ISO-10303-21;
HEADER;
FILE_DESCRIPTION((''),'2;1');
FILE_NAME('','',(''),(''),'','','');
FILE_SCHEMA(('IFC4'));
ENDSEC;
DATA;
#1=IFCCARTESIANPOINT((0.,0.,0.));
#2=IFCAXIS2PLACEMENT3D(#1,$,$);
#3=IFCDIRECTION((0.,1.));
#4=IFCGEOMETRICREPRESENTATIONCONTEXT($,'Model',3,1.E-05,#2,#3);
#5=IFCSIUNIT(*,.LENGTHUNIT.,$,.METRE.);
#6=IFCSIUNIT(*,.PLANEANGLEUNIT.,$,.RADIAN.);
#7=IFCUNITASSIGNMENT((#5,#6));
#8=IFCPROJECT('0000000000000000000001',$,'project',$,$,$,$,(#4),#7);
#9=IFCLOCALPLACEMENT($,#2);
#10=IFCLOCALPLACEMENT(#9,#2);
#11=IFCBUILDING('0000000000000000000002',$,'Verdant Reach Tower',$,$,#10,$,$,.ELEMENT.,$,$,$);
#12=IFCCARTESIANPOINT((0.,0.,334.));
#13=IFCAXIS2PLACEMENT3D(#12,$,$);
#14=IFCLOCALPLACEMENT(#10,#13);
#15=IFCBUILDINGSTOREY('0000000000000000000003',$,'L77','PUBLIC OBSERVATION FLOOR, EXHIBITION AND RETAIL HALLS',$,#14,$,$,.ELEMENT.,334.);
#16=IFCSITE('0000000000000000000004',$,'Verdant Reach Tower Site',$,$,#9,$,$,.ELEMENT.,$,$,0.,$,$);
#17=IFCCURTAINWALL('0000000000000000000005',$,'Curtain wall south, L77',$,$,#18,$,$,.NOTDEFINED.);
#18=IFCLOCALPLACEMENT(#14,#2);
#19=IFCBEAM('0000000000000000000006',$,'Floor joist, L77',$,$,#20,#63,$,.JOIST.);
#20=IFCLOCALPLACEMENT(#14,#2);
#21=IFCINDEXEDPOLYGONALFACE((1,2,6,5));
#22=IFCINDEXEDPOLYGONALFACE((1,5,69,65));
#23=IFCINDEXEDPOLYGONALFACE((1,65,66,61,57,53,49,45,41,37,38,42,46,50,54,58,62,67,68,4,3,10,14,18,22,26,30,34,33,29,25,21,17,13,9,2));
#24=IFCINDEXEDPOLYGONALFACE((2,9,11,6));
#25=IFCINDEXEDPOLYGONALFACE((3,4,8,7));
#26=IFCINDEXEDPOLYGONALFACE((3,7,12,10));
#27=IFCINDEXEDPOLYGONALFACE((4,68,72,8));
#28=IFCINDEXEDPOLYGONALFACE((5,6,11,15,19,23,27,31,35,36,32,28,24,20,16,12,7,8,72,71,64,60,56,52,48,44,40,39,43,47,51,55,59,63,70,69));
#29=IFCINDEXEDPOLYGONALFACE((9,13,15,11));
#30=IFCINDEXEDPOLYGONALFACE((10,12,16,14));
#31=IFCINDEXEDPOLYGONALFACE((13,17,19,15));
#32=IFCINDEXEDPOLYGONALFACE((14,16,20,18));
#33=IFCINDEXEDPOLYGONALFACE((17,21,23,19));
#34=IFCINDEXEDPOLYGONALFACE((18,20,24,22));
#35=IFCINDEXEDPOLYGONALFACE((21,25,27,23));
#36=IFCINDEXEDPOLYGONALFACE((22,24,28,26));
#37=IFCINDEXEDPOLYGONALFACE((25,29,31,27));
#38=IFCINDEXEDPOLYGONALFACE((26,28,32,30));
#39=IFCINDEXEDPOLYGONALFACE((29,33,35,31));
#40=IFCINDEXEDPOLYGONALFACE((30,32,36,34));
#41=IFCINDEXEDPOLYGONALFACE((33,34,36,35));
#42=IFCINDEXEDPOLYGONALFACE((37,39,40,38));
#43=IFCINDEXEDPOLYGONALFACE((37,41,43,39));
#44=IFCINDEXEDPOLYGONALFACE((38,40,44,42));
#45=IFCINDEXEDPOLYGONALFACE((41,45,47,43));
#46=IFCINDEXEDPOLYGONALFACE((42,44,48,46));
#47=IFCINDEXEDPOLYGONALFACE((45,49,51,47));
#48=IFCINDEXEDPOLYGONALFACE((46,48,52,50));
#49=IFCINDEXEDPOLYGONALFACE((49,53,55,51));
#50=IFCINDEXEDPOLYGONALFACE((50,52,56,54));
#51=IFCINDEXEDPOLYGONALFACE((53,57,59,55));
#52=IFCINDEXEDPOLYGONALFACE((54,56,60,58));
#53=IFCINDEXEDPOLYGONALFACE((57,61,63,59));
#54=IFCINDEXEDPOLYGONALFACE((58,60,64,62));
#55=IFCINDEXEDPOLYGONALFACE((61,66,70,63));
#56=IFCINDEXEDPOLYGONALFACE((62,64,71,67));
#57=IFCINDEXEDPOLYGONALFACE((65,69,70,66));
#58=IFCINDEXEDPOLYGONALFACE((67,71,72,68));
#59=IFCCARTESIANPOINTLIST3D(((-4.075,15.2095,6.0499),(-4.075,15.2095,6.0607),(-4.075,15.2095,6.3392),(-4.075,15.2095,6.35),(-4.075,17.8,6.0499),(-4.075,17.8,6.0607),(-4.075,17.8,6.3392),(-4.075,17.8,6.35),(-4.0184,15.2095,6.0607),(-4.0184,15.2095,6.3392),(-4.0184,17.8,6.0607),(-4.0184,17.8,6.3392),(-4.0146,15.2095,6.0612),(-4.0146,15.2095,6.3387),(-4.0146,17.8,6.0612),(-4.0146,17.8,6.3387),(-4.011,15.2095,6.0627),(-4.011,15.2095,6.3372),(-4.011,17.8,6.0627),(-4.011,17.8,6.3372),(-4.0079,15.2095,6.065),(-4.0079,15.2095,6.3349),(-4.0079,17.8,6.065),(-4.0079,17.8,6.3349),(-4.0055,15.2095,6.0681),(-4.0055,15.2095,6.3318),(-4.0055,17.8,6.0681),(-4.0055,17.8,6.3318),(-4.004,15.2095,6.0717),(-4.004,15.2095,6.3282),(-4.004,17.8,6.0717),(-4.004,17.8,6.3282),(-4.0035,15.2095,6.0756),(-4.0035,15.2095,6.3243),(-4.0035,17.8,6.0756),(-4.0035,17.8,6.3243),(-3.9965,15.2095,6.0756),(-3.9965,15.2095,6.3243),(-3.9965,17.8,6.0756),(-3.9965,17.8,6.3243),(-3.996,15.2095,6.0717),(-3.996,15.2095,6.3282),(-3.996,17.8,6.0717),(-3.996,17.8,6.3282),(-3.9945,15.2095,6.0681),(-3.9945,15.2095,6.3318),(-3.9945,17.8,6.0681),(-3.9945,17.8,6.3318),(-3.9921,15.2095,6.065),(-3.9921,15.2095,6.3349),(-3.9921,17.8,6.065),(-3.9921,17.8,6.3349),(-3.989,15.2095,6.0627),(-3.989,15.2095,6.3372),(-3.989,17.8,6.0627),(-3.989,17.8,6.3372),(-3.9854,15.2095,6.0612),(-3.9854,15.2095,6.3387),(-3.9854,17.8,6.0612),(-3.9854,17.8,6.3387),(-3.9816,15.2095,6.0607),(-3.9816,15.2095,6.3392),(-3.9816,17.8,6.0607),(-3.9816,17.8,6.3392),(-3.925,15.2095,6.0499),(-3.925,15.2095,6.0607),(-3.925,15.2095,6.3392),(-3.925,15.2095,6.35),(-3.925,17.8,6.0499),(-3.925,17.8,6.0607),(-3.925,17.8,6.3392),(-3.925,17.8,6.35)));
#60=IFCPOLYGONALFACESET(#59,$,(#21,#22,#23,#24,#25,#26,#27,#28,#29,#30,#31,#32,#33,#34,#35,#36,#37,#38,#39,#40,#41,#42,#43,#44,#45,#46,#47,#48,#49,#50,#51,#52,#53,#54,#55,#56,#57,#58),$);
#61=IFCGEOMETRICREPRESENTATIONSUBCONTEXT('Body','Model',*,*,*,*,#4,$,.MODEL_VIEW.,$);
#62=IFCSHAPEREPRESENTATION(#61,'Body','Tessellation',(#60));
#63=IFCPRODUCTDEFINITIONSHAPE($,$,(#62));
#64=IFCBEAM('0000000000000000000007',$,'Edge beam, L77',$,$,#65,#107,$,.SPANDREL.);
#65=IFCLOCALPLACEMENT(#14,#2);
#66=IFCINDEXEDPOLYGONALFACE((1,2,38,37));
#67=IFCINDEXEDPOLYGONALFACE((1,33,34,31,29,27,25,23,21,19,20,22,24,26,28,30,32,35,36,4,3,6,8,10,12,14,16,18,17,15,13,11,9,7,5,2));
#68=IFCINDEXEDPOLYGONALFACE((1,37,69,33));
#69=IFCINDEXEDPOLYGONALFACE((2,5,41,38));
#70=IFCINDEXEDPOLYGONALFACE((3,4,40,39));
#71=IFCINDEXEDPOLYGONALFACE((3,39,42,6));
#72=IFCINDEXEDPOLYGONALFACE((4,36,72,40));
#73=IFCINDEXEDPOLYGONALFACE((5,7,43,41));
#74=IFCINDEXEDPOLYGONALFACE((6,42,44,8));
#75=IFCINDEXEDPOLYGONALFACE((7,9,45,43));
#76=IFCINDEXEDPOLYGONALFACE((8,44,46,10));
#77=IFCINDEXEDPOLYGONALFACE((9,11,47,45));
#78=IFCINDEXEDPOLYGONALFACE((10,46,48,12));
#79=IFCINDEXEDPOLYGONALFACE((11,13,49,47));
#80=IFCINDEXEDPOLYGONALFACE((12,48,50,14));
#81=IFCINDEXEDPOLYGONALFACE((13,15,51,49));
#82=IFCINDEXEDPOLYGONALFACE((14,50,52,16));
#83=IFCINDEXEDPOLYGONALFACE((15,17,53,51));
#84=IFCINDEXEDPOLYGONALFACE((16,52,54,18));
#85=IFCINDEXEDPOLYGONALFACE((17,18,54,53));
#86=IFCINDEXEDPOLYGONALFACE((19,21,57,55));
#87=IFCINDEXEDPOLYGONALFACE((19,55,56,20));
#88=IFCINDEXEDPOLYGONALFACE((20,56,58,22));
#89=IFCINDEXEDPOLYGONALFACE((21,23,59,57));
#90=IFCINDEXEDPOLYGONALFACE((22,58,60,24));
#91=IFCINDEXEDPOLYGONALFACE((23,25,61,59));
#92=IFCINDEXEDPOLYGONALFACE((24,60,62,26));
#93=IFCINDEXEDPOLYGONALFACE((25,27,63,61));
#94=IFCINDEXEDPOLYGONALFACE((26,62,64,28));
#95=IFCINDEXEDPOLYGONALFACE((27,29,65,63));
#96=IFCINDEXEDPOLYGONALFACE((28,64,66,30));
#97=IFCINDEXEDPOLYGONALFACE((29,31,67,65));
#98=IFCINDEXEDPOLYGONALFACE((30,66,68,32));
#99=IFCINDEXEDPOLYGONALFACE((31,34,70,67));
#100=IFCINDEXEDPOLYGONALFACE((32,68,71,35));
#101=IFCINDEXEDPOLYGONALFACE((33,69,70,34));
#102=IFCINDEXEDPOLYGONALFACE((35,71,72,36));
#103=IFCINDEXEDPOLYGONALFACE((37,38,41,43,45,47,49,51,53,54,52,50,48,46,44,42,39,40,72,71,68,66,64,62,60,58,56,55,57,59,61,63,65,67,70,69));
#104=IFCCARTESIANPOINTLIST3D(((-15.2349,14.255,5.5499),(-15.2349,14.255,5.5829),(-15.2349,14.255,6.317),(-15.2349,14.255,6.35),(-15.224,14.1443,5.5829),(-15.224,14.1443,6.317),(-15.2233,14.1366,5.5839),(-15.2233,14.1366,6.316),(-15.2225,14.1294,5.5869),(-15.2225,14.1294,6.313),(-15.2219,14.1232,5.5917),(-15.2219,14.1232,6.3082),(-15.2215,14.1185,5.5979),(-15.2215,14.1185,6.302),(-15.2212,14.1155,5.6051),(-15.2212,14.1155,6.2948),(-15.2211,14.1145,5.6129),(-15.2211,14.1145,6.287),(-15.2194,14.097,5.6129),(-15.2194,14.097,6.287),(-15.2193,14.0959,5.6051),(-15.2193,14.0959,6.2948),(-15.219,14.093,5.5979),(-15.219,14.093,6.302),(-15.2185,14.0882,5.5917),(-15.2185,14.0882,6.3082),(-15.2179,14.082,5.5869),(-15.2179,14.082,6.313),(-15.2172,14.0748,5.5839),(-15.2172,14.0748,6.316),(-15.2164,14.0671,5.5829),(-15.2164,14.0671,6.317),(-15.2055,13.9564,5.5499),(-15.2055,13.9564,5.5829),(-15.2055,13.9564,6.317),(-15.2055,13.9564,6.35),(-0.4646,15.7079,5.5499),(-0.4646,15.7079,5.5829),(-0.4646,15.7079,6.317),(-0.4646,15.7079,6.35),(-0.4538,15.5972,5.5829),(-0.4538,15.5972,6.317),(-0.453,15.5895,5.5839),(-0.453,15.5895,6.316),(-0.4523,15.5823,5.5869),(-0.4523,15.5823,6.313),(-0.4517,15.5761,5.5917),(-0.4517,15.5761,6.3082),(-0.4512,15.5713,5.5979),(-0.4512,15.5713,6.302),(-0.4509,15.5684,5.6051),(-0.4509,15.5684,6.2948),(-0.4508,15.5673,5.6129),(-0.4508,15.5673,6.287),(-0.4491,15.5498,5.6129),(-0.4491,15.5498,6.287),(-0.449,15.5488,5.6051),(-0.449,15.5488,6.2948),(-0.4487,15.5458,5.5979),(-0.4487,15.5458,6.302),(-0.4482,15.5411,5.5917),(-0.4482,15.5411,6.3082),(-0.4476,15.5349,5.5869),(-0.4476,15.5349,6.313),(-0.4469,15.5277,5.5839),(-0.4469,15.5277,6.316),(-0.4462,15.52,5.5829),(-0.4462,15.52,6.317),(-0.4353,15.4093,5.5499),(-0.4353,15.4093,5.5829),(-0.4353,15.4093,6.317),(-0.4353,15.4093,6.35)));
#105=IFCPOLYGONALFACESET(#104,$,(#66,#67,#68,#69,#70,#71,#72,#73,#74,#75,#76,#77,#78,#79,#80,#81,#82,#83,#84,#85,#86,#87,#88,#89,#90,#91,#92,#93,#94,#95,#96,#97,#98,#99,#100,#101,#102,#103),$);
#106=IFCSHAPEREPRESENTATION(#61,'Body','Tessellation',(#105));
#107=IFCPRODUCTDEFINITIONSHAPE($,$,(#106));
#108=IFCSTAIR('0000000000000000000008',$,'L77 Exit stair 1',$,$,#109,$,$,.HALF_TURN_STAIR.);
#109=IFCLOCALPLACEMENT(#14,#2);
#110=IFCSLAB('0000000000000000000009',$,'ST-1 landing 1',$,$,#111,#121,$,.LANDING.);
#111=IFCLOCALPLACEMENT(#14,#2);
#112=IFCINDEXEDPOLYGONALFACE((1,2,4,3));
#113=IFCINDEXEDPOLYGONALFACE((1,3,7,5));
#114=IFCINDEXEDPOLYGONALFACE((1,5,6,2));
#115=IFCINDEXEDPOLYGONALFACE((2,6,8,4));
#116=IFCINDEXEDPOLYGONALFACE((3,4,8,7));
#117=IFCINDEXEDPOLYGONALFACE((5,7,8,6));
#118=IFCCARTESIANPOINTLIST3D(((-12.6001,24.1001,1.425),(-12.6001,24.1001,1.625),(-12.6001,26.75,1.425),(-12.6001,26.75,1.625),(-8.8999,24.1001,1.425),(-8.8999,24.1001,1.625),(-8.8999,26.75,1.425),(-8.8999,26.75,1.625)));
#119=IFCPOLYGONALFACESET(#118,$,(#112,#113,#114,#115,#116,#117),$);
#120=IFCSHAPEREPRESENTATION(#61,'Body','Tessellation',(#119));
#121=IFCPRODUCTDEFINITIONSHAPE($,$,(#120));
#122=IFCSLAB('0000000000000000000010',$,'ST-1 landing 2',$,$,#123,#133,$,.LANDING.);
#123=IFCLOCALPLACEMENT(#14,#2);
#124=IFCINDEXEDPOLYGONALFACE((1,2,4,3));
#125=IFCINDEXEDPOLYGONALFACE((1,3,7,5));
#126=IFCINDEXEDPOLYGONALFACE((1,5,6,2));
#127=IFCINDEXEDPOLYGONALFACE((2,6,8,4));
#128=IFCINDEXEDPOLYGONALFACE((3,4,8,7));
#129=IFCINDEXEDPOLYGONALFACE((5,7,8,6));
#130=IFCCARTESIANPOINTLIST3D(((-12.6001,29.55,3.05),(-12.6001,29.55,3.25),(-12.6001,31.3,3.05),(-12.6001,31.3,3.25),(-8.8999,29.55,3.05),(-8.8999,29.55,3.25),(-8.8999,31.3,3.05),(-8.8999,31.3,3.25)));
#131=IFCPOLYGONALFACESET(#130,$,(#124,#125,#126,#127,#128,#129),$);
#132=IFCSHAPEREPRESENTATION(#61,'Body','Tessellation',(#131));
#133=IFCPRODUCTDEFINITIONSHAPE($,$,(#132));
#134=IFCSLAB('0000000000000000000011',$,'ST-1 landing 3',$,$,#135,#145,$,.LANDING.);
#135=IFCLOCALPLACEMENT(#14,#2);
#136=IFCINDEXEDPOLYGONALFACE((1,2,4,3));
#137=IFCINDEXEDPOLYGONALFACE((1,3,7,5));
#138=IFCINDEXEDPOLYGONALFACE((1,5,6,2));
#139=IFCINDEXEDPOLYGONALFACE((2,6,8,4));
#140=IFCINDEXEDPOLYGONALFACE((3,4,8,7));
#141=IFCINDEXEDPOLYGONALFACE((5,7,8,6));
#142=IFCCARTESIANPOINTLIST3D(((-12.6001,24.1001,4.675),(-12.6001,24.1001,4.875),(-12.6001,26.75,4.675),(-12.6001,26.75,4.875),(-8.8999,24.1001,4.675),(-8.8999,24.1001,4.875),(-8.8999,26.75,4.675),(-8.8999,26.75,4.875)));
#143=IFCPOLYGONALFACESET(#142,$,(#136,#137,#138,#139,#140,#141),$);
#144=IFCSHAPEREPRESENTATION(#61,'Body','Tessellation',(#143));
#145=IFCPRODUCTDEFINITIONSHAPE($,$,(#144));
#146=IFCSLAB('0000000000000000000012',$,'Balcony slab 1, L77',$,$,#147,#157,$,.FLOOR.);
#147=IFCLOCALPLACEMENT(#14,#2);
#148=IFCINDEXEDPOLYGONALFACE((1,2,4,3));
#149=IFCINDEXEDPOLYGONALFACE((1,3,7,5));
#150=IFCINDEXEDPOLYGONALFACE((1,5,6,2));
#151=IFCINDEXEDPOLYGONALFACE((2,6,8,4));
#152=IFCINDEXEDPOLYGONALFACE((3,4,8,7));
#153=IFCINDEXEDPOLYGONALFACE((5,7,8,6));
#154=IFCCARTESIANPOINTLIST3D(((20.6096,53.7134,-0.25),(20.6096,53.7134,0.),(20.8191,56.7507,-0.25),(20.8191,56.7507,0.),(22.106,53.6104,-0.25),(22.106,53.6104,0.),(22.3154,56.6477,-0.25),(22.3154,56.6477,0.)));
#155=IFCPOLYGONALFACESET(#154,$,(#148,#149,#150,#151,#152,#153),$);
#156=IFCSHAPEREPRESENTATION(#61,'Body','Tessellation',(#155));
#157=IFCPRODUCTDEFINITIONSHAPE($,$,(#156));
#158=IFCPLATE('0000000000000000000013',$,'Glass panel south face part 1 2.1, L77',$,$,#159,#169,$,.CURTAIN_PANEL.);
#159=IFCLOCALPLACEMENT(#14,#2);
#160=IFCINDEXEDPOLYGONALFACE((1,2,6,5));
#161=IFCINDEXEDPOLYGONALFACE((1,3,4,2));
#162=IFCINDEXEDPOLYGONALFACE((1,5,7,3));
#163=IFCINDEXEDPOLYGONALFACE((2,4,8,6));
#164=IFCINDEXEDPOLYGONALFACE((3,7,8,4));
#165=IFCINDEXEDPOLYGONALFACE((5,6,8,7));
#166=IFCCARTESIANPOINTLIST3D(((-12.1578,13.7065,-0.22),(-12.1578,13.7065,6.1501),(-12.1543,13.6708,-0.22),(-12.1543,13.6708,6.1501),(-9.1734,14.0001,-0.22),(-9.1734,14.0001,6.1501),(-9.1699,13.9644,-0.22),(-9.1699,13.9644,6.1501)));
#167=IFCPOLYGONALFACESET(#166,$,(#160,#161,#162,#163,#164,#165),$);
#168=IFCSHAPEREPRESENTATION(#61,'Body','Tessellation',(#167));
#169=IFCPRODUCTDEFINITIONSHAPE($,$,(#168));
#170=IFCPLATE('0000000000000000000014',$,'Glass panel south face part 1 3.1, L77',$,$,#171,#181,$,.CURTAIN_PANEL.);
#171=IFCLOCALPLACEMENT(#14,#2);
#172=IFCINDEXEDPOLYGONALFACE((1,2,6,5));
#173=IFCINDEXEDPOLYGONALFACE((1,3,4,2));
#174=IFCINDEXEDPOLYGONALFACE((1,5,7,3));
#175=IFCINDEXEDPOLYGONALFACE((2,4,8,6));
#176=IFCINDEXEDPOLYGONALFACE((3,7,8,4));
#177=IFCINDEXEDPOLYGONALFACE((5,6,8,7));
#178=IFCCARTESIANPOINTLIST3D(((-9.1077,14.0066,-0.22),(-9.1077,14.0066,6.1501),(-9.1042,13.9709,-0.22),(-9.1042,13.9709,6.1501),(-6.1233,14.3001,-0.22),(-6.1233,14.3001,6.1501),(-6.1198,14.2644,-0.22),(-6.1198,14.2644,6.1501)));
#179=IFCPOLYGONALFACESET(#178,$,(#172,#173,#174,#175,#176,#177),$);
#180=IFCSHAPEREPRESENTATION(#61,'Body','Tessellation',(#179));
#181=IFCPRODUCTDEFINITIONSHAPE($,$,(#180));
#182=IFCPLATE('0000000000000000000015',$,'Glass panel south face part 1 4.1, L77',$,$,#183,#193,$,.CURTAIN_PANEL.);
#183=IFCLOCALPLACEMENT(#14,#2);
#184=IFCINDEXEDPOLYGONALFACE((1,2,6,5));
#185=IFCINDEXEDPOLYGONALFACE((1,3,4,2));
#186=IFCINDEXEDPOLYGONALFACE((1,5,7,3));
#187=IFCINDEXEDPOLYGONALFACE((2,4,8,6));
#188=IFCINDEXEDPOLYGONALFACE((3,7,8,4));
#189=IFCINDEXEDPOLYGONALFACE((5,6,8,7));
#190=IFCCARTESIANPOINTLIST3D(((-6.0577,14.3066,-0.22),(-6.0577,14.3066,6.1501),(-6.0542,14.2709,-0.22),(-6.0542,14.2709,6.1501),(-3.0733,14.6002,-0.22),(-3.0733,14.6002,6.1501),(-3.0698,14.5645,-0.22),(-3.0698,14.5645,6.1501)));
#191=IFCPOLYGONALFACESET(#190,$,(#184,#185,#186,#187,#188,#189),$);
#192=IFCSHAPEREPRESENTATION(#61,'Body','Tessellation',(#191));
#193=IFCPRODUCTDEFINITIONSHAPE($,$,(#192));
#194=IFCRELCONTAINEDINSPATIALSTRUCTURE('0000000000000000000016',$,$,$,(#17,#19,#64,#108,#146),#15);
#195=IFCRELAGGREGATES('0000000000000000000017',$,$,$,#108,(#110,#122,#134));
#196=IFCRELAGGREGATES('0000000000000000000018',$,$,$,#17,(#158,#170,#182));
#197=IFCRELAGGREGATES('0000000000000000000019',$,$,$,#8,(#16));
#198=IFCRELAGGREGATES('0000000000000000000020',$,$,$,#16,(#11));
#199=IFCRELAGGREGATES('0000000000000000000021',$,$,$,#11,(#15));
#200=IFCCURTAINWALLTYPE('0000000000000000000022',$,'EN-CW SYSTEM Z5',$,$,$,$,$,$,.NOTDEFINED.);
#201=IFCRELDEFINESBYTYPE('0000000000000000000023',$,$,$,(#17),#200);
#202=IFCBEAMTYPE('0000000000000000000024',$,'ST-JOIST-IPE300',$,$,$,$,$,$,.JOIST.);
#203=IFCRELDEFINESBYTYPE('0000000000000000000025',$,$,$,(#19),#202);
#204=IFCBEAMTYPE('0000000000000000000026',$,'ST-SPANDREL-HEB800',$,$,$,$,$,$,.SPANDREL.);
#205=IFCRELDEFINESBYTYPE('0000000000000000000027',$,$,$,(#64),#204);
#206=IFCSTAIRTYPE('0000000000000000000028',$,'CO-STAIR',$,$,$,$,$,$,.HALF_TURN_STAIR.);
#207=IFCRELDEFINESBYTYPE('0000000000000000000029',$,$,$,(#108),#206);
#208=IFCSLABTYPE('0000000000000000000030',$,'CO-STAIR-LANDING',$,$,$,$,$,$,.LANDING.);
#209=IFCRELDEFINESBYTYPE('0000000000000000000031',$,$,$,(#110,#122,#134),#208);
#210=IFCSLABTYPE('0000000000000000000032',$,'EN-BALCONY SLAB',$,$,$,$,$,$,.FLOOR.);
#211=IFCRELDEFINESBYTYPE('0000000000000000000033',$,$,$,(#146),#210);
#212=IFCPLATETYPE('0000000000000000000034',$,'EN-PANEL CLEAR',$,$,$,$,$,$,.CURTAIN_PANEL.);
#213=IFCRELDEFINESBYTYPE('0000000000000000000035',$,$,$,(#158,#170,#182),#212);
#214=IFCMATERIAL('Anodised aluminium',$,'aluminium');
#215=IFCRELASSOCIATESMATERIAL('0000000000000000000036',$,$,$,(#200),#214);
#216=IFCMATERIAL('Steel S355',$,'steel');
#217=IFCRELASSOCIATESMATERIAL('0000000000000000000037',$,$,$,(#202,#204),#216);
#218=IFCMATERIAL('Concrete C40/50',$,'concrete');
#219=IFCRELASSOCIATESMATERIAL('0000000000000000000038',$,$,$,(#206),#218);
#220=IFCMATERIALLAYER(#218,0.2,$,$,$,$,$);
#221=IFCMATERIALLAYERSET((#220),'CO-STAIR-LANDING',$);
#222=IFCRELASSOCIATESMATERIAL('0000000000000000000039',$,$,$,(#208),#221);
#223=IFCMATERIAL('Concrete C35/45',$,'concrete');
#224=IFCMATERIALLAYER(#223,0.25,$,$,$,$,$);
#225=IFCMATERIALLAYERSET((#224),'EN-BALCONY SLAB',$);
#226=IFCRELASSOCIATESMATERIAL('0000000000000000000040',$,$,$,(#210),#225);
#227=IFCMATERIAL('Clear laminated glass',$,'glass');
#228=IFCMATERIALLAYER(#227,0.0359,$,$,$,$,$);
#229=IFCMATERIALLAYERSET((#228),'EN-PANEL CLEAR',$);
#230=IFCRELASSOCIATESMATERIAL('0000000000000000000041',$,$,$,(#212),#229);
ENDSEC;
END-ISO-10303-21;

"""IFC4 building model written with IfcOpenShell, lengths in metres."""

from ifc_helpers import new_model, si_unit, direction, frame, origin, origin_2d, place, context, subcontext, project, spatial, polyline, rectangle, i_section, outline, extrude, material, layer, layer_set, material_profile, profile_set, type_object, element, aggregate, save


model = new_model("IFC4")

# Units and contexts
model_context = context("Model", 3, precision=1e-05, world=origin(), true_north=direction((0.0, 1.0)))
body_context = subcontext(model_context, "Body", "Model", "MODEL_VIEW")
ifc_project = project(units=[si_unit("LENGTHUNIT", "METRE"), si_unit("PLANEANGLEUNIT", "RADIAN")], contexts=[model_context])

# Site, building, storey
site_placement = place(None, origin())
site = spatial("IfcSite", under=ifc_project, at=site_placement, Name="Verdant Reach Tower Site", CompositionType="ELEMENT", RefElevation=0.0)
building_placement = place(site_placement, origin())
building = spatial("IfcBuilding", under=site, at=building_placement, Name="Verdant Reach Tower", CompositionType="ELEMENT")
storey_placement = place(building_placement, frame((0.0, 0.0, 334.0)))
storey = spatial("IfcBuildingStorey", under=building, at=storey_placement, Name="L77", Description="PUBLIC OBSERVATION FLOOR, EXHIBITION AND RETAIL HALLS", CompositionType="ELEMENT", Elevation=334.0)

# Curtain wall
ifc_material_1 = material(Name="Anodised aluminium", Category="aluminium")
curtain_wall_type = type_object("IfcCurtainWallType", Name="EN-CW SYSTEM Z5", PredefinedType="NOTDEFINED", material=ifc_material_1)
curtain_wall_placement = place(storey_placement, origin())
curtain_wall = element("IfcCurtainWall", 1, at=curtain_wall_placement, inside=storey, type_object=curtain_wall_type, Name="Curtain wall south, L77", PredefinedType="NOTDEFINED")

# Beams
ifc_material_2 = material(Name="Steel S355", Category="steel")
ifc_material_profile_1 = material_profile(ifc_material_2, i_section(OverallWidth=0.1499, OverallDepth=0.3, WebThickness=0.0071, FlangeThickness=0.0107, FilletRadius=0.0149, at=origin_2d()), Name="IPE 300")
ifc_profile_set_1 = profile_set([ifc_material_profile_1], Name="Steel S355")
beam_type_1 = type_object("IfcBeamType", Name="ST-JOIST-IPE300", PredefinedType="JOIST", material=ifc_profile_set_1)
beam_1_placement = place(storey_placement, frame((-4.0, 17.8, 6.2), z_axis=(0.0, -1.0, 0.0), x_axis=(1.0, 0.0, 0.0)))
element("IfcBeam", 2, at=beam_1_placement, inside=storey, type_object=beam_type_1, Name="Floor joist, L77", PredefinedType="JOIST", context=body_context, shape_type="SweptSolid", body=[
    extrude(i_section(OverallWidth=0.1499, OverallDepth=0.3, WebThickness=0.0071, FlangeThickness=0.0107, FilletRadius=0.0149, at=origin_2d()), origin(), (0.0, 0.0, 1.0), 2.5906),
])
ifc_material_profile_2 = material_profile(ifc_material_2, i_section(OverallWidth=0.3, OverallDepth=0.8, WebThickness=0.0176, FlangeThickness=0.033, FilletRadius=0.03, at=origin_2d()), Name="HEB 800")
ifc_profile_set_2 = profile_set([ifc_material_profile_2], Name="Steel S355")
beam_type_2 = type_object("IfcBeamType", Name="ST-SPANDREL-HEB800", PredefinedType="SPANDREL", material=ifc_profile_set_2)
beam_2_placement = place(storey_placement, frame((-0.45, 15.5586, 5.95), z_axis=(-0.995197, -0.097893, 0.0), x_axis=(0.097893, -0.995197, 0.0)))
element("IfcBeam", 3, at=beam_2_placement, inside=storey, type_object=beam_type_2, Name="Edge beam, L77", PredefinedType="SPANDREL", context=body_context, shape_type="SweptSolid", body=[
    extrude(i_section(OverallWidth=0.3, OverallDepth=0.8, WebThickness=0.0176, FlangeThickness=0.033, FilletRadius=0.03, at=origin_2d()), origin(), (0.0, 0.0, 1.0), 14.8416),
])

# Stair, slabs
ifc_material_3 = material(Name="Concrete C40/50", Category="concrete")
stair_type = type_object("IfcStairType", Name="CO-STAIR", PredefinedType="HALF_TURN_STAIR", material=ifc_material_3)
stair_placement = place(storey_placement, origin())
stair = element("IfcStair", 4, at=stair_placement, inside=storey, type_object=stair_type, Name="L77 Exit stair 1", PredefinedType="HALF_TURN_STAIR")
ifc_layer_1 = layer(ifc_material_3, 0.2)
ifc_layer_set_1 = layer_set([ifc_layer_1], Name="CO-STAIR-LANDING")
slab_type_1 = type_object("IfcSlabType", Name="CO-STAIR-LANDING", PredefinedType="LANDING", material=ifc_layer_set_1)
slab_1_placement = place(storey_placement, frame((0.0, 0.0, 1.425)))
slab_1 = element("IfcSlab", 5, at=slab_1_placement, type_object=slab_type_1, Name="ST-1 landing 1", PredefinedType="LANDING", context=body_context, shape_type="SweptSolid", body=[
    extrude(outline(polyline([(-12.6001, 26.75), (-12.6001, 24.1001), (-8.8999, 24.1001), (-8.8999, 26.75), (-12.6001, 26.75)])), origin(), (0.0, 0.0, 1.0), 0.2),
])
slab_2_placement = place(storey_placement, frame((0.0, 0.0, 3.05)))
slab_2 = element("IfcSlab", 6, at=slab_2_placement, type_object=slab_type_1, Name="ST-1 landing 2", PredefinedType="LANDING", context=body_context, shape_type="SweptSolid", body=[
    extrude(outline(polyline([(-12.6001, 31.3), (-12.6001, 29.55), (-8.8999, 29.55), (-8.8999, 31.3), (-12.6001, 31.3)])), origin(), (0.0, 0.0, 1.0), 0.2),
])
slab_3_placement = place(storey_placement, frame((0.0, 0.0, 4.675)))
slab_3 = element("IfcSlab", 7, at=slab_3_placement, type_object=slab_type_1, Name="ST-1 landing 3", PredefinedType="LANDING", context=body_context, shape_type="SweptSolid", body=[
    extrude(outline(polyline([(-12.6001, 26.75), (-12.6001, 24.1001), (-8.8999, 24.1001), (-8.8999, 26.75), (-12.6001, 26.75)])), origin(), (0.0, 0.0, 1.0), 0.2),
])
aggregate(stair, [slab_1, slab_2, slab_3])

# Slab
ifc_material_4 = material(Name="Concrete C35/45", Category="concrete")
ifc_layer_2 = layer(ifc_material_4, 0.25)
ifc_layer_set_2 = layer_set([ifc_layer_2], Name="EN-BALCONY SLAB")
slab_type_2 = type_object("IfcSlabType", Name="EN-BALCONY SLAB", PredefinedType="FLOOR", material=ifc_layer_set_2)
slab_4_placement = place(storey_placement, frame((0.0, 0.0, -0.25)))
element("IfcSlab", 8, at=slab_4_placement, inside=storey, type_object=slab_type_2, Name="Balcony slab 1, L77", PredefinedType="FLOOR", context=body_context, shape_type="SweptSolid", body=[
    extrude(outline(polyline([(20.6096, 53.7134), (20.8191, 56.7507), (22.3154, 56.6477), (22.106, 53.6104), (20.6096, 53.7134)])), origin(), (0.0, 0.0, 1.0), 0.25),
])

# Plates
ifc_material_5 = material(Name="Clear laminated glass", Category="glass")
ifc_layer_3 = layer(ifc_material_5, 0.0359)
ifc_layer_set_3 = layer_set([ifc_layer_3], Name="EN-PANEL CLEAR")
plate_type = type_object("IfcPlateType", Name="EN-PANEL CLEAR", PredefinedType="CURTAIN_PANEL", material=ifc_layer_set_3)
plate_1_placement = place(storey_placement, frame((-10.6638, 13.8354, -0.22), z_axis=(0.0, 0.0, 1.0), x_axis=(0.995197, 0.097888, 0.0)))
plate_1 = element("IfcPlate", 9, at=plate_1_placement, type_object=plate_type, Name="Glass panel south face part 1 2.1, L77", PredefinedType="CURTAIN_PANEL", context=body_context, shape_type="SweptSolid", body=[
    extrude(rectangle(XDim=2.9988, YDim=0.0359, at=origin_2d()), origin(), (0.0, 0.0, 1.0), 6.3701),
])
plate_2_placement = place(storey_placement, frame((-7.6138, 14.1355, -0.22), z_axis=(0.0, 0.0, 1.0), x_axis=(0.995197, 0.097888, 0.0)))
plate_2 = element("IfcPlate", 10, at=plate_2_placement, type_object=plate_type, Name="Glass panel south face part 1 3.1, L77", PredefinedType="CURTAIN_PANEL", context=body_context, shape_type="SweptSolid", body=[
    extrude(rectangle(XDim=2.9988, YDim=0.0359, at=origin_2d()), origin(), (0.0, 0.0, 1.0), 6.3701),
])
plate_3_placement = place(storey_placement, frame((-4.5637, 14.4355, -0.22), z_axis=(0.0, 0.0, 1.0), x_axis=(0.995197, 0.097888, 0.0)))
plate_3 = element("IfcPlate", 11, at=plate_3_placement, type_object=plate_type, Name="Glass panel south face part 1 4.1, L77", PredefinedType="CURTAIN_PANEL", context=body_context, shape_type="SweptSolid", body=[
    extrude(rectangle(XDim=2.9988, YDim=0.0359, at=origin_2d()), origin(), (0.0, 0.0, 1.0), 6.3701),
])
aggregate(curtain_wall, [plate_1, plate_2, plate_3])

save(model, "model.ifc")
